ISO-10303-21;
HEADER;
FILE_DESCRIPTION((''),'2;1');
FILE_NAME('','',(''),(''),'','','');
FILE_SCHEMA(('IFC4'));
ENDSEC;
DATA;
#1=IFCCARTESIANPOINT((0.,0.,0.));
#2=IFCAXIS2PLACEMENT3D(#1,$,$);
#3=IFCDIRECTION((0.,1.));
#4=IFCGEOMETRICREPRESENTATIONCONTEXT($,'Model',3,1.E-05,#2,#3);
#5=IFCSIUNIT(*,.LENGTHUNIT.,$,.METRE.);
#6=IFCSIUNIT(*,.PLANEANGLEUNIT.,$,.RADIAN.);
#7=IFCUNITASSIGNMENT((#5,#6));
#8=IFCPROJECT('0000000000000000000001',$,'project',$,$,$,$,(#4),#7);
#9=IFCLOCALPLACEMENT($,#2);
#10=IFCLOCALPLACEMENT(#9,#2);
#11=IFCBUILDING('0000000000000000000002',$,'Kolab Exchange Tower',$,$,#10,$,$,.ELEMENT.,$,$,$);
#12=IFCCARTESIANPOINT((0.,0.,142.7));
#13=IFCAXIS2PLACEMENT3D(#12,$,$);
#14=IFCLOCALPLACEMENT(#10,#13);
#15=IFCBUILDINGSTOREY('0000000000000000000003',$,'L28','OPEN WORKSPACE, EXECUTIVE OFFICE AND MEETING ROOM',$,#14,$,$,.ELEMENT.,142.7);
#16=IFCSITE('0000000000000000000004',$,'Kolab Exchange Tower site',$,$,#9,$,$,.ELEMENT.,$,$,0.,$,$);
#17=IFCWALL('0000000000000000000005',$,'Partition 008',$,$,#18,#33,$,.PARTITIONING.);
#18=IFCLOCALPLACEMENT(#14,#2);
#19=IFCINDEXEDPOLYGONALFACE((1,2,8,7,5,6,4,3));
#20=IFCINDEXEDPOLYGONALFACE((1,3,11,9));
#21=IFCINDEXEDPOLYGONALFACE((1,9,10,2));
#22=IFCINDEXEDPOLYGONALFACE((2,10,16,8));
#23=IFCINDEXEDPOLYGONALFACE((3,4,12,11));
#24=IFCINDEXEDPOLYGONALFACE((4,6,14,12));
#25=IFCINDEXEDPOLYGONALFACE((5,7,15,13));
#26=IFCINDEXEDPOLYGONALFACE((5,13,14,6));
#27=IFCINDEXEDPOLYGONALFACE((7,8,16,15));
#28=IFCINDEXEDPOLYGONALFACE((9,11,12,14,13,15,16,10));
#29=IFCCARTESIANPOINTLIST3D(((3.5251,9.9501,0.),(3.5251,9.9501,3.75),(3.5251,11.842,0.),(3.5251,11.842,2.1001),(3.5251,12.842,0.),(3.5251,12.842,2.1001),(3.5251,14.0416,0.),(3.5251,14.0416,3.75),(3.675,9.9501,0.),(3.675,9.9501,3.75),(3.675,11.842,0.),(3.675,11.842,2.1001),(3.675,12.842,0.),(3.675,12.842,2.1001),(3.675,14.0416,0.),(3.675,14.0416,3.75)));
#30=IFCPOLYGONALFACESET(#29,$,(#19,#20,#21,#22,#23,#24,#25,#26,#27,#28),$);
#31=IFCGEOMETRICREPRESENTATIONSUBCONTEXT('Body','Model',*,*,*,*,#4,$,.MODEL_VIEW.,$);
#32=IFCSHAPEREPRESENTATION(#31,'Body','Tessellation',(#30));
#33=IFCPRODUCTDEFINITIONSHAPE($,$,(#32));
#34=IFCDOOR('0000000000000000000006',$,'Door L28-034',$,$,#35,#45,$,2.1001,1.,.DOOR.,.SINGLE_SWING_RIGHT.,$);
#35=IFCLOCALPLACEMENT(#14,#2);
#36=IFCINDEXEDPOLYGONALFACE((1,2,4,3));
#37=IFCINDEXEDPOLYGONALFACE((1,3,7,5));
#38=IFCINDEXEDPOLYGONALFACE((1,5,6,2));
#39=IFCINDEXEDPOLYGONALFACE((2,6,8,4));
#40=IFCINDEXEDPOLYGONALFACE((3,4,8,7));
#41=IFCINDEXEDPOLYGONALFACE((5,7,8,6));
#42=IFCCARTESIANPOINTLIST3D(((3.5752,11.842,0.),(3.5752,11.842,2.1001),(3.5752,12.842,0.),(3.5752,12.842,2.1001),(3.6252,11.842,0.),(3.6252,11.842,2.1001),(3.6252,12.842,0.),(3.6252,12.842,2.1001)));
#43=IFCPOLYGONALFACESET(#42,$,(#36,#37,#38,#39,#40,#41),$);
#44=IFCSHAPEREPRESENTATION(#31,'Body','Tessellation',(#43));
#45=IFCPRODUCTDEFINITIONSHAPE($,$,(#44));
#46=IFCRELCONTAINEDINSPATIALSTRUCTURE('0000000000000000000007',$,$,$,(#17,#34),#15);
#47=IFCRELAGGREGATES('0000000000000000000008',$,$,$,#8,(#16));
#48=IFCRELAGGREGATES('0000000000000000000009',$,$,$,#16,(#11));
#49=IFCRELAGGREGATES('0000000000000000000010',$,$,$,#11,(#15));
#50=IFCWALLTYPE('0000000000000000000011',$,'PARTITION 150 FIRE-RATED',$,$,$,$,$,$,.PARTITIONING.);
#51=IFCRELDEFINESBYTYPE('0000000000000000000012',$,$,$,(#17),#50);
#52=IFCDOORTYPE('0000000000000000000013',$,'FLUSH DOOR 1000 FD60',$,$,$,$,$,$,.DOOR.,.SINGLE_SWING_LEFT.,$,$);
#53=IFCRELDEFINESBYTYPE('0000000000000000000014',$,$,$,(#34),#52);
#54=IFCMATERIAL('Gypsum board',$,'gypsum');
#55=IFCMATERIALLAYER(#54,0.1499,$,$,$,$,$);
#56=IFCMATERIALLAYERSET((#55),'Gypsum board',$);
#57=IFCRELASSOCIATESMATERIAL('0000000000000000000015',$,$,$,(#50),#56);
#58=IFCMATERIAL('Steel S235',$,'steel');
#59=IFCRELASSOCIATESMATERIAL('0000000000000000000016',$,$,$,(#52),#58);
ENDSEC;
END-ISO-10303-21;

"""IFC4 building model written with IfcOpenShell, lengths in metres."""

from ifc_helpers import new_model, si_unit, direction, frame, frame_2d, origin, place, context, subcontext, project, spatial, rectangle, extrude, material, layer, layer_set, type_object, element, fill, save


model = new_model("IFC4")

# Units and contexts
model_context = context("Model", 3, precision=1e-05, world=origin(), true_north=direction((0.0, 1.0)))
body_context = subcontext(model_context, "Body", "Model", "MODEL_VIEW")
ifc_project = project(units=[si_unit("LENGTHUNIT", "METRE"), si_unit("PLANEANGLEUNIT", "RADIAN")], contexts=[model_context])

# Site, building, storey
site_placement = place(None, origin())
site = spatial("IfcSite", under=ifc_project, at=site_placement, Name="Kolab Exchange Tower site", CompositionType="ELEMENT", RefElevation=0.0)
building_placement = place(site_placement, origin())
building = spatial("IfcBuilding", under=site, at=building_placement, Name="Kolab Exchange Tower", CompositionType="ELEMENT")
storey_placement = place(building_placement, frame((0.0, 0.0, 142.7)))
storey = spatial("IfcBuildingStorey", under=building, at=storey_placement, Name="L28", Description="OPEN WORKSPACE, EXECUTIVE OFFICE AND MEETING ROOM", CompositionType="ELEMENT", Elevation=142.7)

# Shared definitions
ifc_material_1 = material(Name="Gypsum board", Category="gypsum")

# Wall, opening, door
ifc_layer_1 = layer(ifc_material_1, 0.1499)
ifc_layer_set_1 = layer_set([ifc_layer_1], Name="Gypsum board")
wall_type_1 = type_object("IfcWallType", Name="PARTITION 150 FIRE-RATED", PredefinedType="PARTITIONING", material=ifc_layer_set_1)
wall_1_placement = place(storey_placement, frame((3.6001, 9.95, 0.0), z_axis=(0.0, 0.0, 1.0), x_axis=(0.0, 1.0, 0.0)))
wall_1 = element("IfcWall", 1, at=wall_1_placement, inside=storey, type_object=wall_type_1, Name="Partition 008", PredefinedType="PARTITIONING", context=body_context, shape_type="SweptSolid", body=[
    extrude(rectangle(XDim=4.0916, YDim=0.1499, at=frame_2d((2.0459, 0.0))), origin(), (0.0, 0.0, 1.0), 3.75),
])
opening_1_placement = place(wall_1_placement, frame((1.8921, 0.0, 0.0)))
opening_1 = element("IfcOpeningElement", 2, at=opening_1_placement, cuts=wall_1, PredefinedType="OPENING", context=body_context, shape_type="SweptSolid", body=[
    extrude(rectangle(XDim=1.0, YDim=2.1001, at=frame_2d((0.5, 1.05))), frame((0.0, 0.085, 0.0), z_axis=(0.0, -1.0, 0.0), x_axis=(1.0, 0.0, 0.0)), (0.0, 0.0, 1.0), 0.1699),
])
ifc_material_2 = material(Name="Steel S235", Category="steel")
door_type_1 = type_object("IfcDoorType", Name="FLUSH DOOR 1000 FD60", OperationType="SINGLE_SWING_LEFT", PredefinedType="DOOR", material=ifc_material_2)
door_1_placement = place(opening_1_placement, origin())
door_1 = element("IfcDoor", 3, at=door_1_placement, inside=storey, type_object=door_type_1, Name="Door L28-034", OperationType="SINGLE_SWING_RIGHT", OverallHeight=2.1001, OverallWidth=1.0, PredefinedType="DOOR", context=body_context, shape_type="SweptSolid", body=[
    extrude(rectangle(XDim=1.0, YDim=2.1001, at=frame_2d((0.5, 1.05))), frame((0.0, 0.0249, 0.0), z_axis=(0.0, -1.0, 0.0), x_axis=(1.0, 0.0, 0.0)), (0.0, 0.0, 1.0), 0.05),
])
fill(opening_1, door_1)

save(model, "model.ifc")
